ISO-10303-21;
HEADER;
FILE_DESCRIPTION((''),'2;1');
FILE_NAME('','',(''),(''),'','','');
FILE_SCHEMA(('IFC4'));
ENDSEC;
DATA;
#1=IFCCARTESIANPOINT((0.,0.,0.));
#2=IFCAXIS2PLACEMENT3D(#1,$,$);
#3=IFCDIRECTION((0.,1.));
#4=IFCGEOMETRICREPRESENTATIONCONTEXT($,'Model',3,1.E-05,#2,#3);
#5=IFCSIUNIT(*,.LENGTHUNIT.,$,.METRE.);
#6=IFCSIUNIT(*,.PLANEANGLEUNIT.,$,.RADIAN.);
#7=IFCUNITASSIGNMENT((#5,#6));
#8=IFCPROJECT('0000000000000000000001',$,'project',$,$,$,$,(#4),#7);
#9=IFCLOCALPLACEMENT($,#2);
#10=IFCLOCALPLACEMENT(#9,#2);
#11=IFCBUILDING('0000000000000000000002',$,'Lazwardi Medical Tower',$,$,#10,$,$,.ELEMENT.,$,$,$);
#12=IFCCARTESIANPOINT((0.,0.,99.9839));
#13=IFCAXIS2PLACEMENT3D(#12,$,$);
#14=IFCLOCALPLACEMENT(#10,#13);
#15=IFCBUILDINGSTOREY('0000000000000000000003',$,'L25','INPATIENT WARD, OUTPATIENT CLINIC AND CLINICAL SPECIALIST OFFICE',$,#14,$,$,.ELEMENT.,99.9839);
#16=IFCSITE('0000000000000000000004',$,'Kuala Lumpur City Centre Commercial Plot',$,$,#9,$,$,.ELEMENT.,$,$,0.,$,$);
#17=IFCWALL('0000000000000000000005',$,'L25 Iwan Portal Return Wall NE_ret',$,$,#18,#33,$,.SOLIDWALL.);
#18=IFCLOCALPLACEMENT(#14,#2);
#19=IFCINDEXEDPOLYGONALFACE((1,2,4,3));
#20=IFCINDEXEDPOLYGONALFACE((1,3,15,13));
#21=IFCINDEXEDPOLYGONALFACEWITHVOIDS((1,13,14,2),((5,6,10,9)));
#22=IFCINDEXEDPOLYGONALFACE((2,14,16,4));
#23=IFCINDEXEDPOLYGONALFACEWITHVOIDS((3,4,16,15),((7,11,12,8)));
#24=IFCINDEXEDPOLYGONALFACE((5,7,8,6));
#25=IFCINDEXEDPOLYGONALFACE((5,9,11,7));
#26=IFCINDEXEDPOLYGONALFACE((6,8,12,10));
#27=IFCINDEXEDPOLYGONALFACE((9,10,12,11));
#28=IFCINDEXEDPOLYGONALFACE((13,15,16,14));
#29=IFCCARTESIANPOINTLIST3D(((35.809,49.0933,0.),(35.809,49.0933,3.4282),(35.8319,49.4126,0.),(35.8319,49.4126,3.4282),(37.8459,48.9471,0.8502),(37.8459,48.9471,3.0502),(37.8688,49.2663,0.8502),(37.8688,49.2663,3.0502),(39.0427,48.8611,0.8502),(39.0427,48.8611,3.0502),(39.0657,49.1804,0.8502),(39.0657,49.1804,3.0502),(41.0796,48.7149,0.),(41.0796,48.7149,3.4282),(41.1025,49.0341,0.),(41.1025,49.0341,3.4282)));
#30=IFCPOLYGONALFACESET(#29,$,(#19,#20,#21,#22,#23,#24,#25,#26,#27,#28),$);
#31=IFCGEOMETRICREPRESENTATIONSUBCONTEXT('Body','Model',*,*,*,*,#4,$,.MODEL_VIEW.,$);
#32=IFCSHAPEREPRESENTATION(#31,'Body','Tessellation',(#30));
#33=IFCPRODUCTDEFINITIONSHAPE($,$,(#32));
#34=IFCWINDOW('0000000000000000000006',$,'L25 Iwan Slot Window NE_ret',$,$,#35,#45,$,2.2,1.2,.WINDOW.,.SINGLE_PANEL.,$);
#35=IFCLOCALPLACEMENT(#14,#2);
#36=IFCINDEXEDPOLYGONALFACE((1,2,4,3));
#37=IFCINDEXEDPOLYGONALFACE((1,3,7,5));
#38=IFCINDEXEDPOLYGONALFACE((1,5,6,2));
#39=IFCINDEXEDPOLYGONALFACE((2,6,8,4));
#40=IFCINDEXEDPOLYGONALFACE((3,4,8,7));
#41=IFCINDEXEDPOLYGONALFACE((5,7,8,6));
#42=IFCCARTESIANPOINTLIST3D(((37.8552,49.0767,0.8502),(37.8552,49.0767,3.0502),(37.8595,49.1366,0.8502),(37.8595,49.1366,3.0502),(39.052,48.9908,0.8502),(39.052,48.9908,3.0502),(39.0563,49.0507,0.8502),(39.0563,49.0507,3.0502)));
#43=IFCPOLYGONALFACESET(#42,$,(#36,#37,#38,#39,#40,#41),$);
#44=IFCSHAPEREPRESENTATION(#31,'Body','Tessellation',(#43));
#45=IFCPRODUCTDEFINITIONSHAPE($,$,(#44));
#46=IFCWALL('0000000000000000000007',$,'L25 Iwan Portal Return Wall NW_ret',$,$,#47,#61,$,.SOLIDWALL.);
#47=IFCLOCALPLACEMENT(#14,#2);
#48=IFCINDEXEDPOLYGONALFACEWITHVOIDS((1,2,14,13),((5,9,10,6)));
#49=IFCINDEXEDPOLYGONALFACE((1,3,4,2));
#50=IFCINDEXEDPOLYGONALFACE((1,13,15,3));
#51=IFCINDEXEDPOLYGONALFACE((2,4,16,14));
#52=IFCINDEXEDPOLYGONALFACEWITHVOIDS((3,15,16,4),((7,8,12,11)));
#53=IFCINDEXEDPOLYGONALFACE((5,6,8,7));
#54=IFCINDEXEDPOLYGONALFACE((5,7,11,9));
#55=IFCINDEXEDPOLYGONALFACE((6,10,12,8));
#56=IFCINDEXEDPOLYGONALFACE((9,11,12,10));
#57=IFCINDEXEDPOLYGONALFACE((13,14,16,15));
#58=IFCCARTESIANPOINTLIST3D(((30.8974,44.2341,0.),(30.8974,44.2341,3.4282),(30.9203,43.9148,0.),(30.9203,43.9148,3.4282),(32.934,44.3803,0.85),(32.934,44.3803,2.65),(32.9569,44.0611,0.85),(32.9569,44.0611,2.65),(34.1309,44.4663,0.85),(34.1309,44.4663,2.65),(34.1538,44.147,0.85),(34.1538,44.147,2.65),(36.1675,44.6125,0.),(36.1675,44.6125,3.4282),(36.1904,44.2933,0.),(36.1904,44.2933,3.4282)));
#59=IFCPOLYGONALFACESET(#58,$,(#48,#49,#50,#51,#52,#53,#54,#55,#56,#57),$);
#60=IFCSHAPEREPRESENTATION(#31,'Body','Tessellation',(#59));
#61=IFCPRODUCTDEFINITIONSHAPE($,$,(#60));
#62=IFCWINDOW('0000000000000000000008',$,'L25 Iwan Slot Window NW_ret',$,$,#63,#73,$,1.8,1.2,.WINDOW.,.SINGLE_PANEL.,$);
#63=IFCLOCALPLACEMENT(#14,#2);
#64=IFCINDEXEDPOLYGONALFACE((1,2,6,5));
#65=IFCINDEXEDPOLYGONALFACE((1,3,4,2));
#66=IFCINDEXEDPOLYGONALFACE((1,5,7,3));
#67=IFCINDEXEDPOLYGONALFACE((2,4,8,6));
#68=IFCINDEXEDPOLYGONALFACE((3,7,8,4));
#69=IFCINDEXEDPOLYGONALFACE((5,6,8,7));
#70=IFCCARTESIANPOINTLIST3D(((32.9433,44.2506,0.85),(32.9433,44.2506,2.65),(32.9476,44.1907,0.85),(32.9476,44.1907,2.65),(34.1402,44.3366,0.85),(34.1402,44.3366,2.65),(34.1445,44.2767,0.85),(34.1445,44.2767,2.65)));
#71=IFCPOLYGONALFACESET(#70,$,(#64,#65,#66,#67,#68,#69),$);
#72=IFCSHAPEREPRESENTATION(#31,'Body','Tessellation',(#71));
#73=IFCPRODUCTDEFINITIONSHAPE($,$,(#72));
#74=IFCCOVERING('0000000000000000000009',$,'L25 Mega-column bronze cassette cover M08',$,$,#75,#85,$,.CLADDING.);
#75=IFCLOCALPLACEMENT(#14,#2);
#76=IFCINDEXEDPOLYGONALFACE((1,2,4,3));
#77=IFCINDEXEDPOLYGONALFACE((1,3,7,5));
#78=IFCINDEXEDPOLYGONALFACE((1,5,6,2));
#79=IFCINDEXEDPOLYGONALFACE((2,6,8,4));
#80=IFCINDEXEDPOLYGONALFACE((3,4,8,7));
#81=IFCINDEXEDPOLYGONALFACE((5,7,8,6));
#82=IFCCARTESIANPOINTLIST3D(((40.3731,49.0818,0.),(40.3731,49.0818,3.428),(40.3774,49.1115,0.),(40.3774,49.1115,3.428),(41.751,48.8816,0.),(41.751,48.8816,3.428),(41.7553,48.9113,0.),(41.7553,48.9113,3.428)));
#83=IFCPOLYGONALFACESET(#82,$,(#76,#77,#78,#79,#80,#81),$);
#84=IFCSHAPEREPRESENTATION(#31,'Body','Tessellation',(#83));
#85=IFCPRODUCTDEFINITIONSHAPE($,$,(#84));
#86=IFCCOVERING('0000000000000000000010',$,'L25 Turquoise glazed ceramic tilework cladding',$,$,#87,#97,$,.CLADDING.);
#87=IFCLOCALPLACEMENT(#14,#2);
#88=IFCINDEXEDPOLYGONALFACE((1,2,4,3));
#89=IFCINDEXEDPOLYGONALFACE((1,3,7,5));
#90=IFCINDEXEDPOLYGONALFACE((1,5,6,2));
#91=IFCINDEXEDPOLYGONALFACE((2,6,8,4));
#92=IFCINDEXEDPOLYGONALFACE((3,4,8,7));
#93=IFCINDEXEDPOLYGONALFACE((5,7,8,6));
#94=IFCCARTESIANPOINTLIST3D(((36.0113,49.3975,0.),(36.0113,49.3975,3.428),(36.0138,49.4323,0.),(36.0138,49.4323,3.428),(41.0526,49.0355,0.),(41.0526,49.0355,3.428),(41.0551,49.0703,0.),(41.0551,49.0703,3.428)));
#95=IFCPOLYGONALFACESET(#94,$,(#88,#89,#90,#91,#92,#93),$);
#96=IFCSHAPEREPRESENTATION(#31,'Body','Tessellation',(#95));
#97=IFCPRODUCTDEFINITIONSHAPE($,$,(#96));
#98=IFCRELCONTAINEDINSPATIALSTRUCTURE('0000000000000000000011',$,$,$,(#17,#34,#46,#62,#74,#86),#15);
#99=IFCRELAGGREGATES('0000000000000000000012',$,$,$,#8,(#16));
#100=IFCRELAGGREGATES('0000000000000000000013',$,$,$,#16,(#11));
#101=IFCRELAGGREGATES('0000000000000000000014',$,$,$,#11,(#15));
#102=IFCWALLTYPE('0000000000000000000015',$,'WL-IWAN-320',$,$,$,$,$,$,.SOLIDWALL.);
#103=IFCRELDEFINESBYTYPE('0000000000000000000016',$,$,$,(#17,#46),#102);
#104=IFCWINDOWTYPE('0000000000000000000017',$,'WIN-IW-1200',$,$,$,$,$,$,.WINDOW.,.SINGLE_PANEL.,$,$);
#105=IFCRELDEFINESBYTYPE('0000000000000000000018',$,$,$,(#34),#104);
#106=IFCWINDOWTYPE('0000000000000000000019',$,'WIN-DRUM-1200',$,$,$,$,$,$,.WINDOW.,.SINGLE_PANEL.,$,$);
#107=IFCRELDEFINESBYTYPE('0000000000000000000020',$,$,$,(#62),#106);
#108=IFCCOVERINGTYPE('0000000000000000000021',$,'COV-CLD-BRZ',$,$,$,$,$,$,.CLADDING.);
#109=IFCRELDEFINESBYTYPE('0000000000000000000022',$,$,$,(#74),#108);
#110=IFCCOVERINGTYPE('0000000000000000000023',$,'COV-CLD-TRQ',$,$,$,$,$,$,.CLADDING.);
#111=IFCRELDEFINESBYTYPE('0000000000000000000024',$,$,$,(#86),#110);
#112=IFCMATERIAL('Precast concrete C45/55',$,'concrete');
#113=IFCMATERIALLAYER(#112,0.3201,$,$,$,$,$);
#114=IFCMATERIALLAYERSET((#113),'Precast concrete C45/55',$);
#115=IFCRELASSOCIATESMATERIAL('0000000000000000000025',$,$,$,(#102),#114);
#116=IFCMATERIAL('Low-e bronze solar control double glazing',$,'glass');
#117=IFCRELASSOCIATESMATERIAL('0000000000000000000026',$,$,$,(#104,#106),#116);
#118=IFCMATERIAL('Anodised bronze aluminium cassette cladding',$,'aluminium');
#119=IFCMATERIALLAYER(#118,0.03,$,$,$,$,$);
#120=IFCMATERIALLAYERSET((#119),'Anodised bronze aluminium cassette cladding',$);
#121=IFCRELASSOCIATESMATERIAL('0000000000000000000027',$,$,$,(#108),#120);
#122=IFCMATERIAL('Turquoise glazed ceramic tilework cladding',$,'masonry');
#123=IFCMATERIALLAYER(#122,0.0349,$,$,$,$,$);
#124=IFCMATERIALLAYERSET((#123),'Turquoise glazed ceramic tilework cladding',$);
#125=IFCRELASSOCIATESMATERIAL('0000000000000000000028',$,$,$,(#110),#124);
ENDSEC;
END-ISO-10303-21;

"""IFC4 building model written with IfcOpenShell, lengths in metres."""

from ifc_helpers import new_model, si_unit, direction, frame, frame_2d, origin, origin_2d, place, context, subcontext, project, spatial, rectangle, extrude, material, layer, layer_set, type_object, element, fill, save


model = new_model("IFC4")

# Units and contexts
model_context = context("Model", 3, precision=1e-05, world=origin(), true_north=direction((0.0, 1.0)))
body_context = subcontext(model_context, "Body", "Model", "MODEL_VIEW")
ifc_project = project(units=[si_unit("LENGTHUNIT", "METRE"), si_unit("PLANEANGLEUNIT", "RADIAN")], contexts=[model_context])

# Site, building, storey
site_placement = place(None, origin())
site = spatial("IfcSite", under=ifc_project, at=site_placement, Name="Kuala Lumpur City Centre Commercial Plot", CompositionType="ELEMENT", RefElevation=0.0)
building_placement = place(site_placement, origin())
building = spatial("IfcBuilding", under=site, at=building_placement, Name="Lazwardi Medical Tower", CompositionType="ELEMENT")
storey_placement = place(building_placement, frame((0.0, 0.0, 99.9839)))
storey = spatial("IfcBuildingStorey", under=building, at=storey_placement, Name="L25", Description="INPATIENT WARD, OUTPATIENT CLINIC AND CLINICAL SPECIALIST OFFICE", CompositionType="ELEMENT", Elevation=99.9839)

# Shared definitions
ifc_material_1 = material(Name="Low-e bronze solar control double glazing", Category="glass")

# Walls, openings, windows
ifc_material_2 = material(Name="Precast concrete C45/55", Category="concrete")
ifc_layer_1 = layer(ifc_material_2, 0.3201)
ifc_layer_set_1 = layer_set([ifc_layer_1], Name="Precast concrete C45/55")
wall_type = type_object("IfcWallType", Name="WL-IWAN-320", PredefinedType="SOLIDWALL", material=ifc_layer_set_1)
wall_1_placement = place(storey_placement, frame((41.0911, 48.8745, 0.0), z_axis=(0.0, 0.0, 1.0), x_axis=(-0.997432, 0.071615, 0.0)))
wall_1 = element("IfcWall", 1, at=wall_1_placement, inside=storey, type_object=wall_type, Name="L25 Iwan Portal Return Wall NE_ret", PredefinedType="SOLIDWALL", context=body_context, shape_type="SweptSolid", body=[
    extrude(rectangle(XDim=5.2842, YDim=0.3201, at=frame_2d((2.6421, 0.0))), origin(), (0.0, 0.0, 1.0), 3.4282),
])
opening_1_placement = place(wall_1_placement, frame((2.042, 0.0, 0.8501)))
opening_1 = element("IfcOpeningElement", 2, at=opening_1_placement, cuts=wall_1, PredefinedType="OPENING", context=body_context, shape_type="SweptSolid", body=[
    extrude(rectangle(XDim=1.2, YDim=2.2, at=frame_2d((0.6001, 1.1001))), frame((0.0, 0.1699, 0.0), z_axis=(0.0, -1.0, 0.0), x_axis=(1.0, 0.0, 0.0)), (0.0, 0.0, 1.0), 0.3401),
])
window_type_1 = type_object("IfcWindowType", Name="WIN-IW-1200", PartitioningType="SINGLE_PANEL", PredefinedType="WINDOW", material=ifc_material_1)
window_1_placement = place(opening_1_placement, origin())
window_1 = element("IfcWindow", 3, at=window_1_placement, inside=storey, type_object=window_type_1, Name="L25 Iwan Slot Window NE_ret", OverallHeight=2.2, OverallWidth=1.2, PartitioningType="SINGLE_PANEL", PredefinedType="WINDOW", context=body_context, shape_type="SweptSolid", body=[
    extrude(rectangle(XDim=1.2, YDim=2.2, at=frame_2d((0.6001, 1.1001))), frame((0.0, 0.03, 0.0), z_axis=(0.0, -1.0, 0.0), x_axis=(1.0, 0.0, 0.0)), (0.0, 0.0, 1.0), 0.0601),
])
fill(opening_1, window_1)
wall_2_placement = place(storey_placement, frame((36.179, 44.4529, 0.0), z_axis=(0.0, 0.0, 1.0), x_axis=(-0.997432, -0.071621, 0.0)))
wall_2 = element("IfcWall", 4, at=wall_2_placement, inside=storey, type_object=wall_type, Name="L25 Iwan Portal Return Wall NW_ret", PredefinedType="SOLIDWALL", context=body_context, shape_type="SweptSolid", body=[
    extrude(rectangle(XDim=5.2837, YDim=0.3201, at=frame_2d((2.6418, 0.0))), origin(), (0.0, 0.0, 1.0), 3.4282),
])
opening_2_placement = place(wall_2_placement, frame((2.0417, 0.0, 0.8501)))
opening_2 = element("IfcOpeningElement", 5, at=opening_2_placement, cuts=wall_2, PredefinedType="OPENING", context=body_context, shape_type="SweptSolid", body=[
    extrude(rectangle(XDim=1.2, YDim=1.8, at=frame_2d((0.6001, 0.8999))), frame((0.0, 0.1699, 0.0), z_axis=(0.0, -1.0, 0.0), x_axis=(1.0, 0.0, 0.0)), (0.0, 0.0, 1.0), 0.3401),
])
window_type_2 = type_object("IfcWindowType", Name="WIN-DRUM-1200", PartitioningType="SINGLE_PANEL", PredefinedType="WINDOW", material=ifc_material_1)
window_2_placement = place(opening_2_placement, origin())
window_2 = element("IfcWindow", 6, at=window_2_placement, inside=storey, type_object=window_type_2, Name="L25 Iwan Slot Window NW_ret", OverallHeight=1.8, OverallWidth=1.2, PartitioningType="SINGLE_PANEL", PredefinedType="WINDOW", context=body_context, shape_type="SweptSolid", body=[
    extrude(rectangle(XDim=1.2, YDim=1.8, at=frame_2d((0.6001, 0.8999))), frame((0.0, 0.03, 0.0), z_axis=(0.0, -1.0, 0.0), x_axis=(1.0, 0.0, 0.0)), (0.0, 0.0, 1.0), 0.0601),
])
fill(opening_2, window_2)

# Coverings
ifc_material_3 = material(Name="Anodised bronze aluminium cassette cladding", Category="aluminium")
ifc_layer_2 = layer(ifc_material_3, 0.03)
ifc_layer_set_2 = layer_set([ifc_layer_2], Name="Anodised bronze aluminium cassette cladding")
covering_type_1 = type_object("IfcCoveringType", Name="COV-CLD-BRZ", PredefinedType="CLADDING", material=ifc_layer_set_2)
covering_1_placement = place(storey_placement, frame((41.0642, 48.9966, 0.0), z_axis=(0.0, 0.0, 1.0), x_axis=(-0.989609, 0.143785, 0.0)))
element("IfcCovering", 7, at=covering_1_placement, inside=storey, type_object=covering_type_1, Name="L25 Mega-column bronze cassette cover M08", PredefinedType="CLADDING", context=body_context, shape_type="SweptSolid", body=[
    extrude(rectangle(XDim=1.3923, YDim=0.03, at=origin_2d()), origin(), (0.0, 0.0, 1.0), 3.428),
])
ifc_material_4 = material(Name="Turquoise glazed ceramic tilework cladding", Category="masonry")
ifc_layer_3 = layer(ifc_material_4, 0.0349)
ifc_layer_set_3 = layer_set([ifc_layer_3], Name="Turquoise glazed ceramic tilework cladding")
covering_type_2 = type_object("IfcCoveringType", Name="COV-CLD-TRQ", PredefinedType="CLADDING", material=ifc_layer_set_3)
covering_2_placement = place(storey_placement, frame((38.5332, 49.2339, 0.0), z_axis=(0.0, 0.0, 1.0), x_axis=(-0.997432, 0.071625, 0.0)))
element("IfcCovering", 8, at=covering_2_placement, inside=storey, type_object=covering_type_2, Name="L25 Turquoise glazed ceramic tilework cladding", PredefinedType="CLADDING", context=body_context, shape_type="SweptSolid", body=[
    extrude(rectangle(XDim=5.0542, YDim=0.0349, at=origin_2d()), origin(), (0.0, 0.0, 1.0), 3.428),
])

save(model, "model.ifc")
